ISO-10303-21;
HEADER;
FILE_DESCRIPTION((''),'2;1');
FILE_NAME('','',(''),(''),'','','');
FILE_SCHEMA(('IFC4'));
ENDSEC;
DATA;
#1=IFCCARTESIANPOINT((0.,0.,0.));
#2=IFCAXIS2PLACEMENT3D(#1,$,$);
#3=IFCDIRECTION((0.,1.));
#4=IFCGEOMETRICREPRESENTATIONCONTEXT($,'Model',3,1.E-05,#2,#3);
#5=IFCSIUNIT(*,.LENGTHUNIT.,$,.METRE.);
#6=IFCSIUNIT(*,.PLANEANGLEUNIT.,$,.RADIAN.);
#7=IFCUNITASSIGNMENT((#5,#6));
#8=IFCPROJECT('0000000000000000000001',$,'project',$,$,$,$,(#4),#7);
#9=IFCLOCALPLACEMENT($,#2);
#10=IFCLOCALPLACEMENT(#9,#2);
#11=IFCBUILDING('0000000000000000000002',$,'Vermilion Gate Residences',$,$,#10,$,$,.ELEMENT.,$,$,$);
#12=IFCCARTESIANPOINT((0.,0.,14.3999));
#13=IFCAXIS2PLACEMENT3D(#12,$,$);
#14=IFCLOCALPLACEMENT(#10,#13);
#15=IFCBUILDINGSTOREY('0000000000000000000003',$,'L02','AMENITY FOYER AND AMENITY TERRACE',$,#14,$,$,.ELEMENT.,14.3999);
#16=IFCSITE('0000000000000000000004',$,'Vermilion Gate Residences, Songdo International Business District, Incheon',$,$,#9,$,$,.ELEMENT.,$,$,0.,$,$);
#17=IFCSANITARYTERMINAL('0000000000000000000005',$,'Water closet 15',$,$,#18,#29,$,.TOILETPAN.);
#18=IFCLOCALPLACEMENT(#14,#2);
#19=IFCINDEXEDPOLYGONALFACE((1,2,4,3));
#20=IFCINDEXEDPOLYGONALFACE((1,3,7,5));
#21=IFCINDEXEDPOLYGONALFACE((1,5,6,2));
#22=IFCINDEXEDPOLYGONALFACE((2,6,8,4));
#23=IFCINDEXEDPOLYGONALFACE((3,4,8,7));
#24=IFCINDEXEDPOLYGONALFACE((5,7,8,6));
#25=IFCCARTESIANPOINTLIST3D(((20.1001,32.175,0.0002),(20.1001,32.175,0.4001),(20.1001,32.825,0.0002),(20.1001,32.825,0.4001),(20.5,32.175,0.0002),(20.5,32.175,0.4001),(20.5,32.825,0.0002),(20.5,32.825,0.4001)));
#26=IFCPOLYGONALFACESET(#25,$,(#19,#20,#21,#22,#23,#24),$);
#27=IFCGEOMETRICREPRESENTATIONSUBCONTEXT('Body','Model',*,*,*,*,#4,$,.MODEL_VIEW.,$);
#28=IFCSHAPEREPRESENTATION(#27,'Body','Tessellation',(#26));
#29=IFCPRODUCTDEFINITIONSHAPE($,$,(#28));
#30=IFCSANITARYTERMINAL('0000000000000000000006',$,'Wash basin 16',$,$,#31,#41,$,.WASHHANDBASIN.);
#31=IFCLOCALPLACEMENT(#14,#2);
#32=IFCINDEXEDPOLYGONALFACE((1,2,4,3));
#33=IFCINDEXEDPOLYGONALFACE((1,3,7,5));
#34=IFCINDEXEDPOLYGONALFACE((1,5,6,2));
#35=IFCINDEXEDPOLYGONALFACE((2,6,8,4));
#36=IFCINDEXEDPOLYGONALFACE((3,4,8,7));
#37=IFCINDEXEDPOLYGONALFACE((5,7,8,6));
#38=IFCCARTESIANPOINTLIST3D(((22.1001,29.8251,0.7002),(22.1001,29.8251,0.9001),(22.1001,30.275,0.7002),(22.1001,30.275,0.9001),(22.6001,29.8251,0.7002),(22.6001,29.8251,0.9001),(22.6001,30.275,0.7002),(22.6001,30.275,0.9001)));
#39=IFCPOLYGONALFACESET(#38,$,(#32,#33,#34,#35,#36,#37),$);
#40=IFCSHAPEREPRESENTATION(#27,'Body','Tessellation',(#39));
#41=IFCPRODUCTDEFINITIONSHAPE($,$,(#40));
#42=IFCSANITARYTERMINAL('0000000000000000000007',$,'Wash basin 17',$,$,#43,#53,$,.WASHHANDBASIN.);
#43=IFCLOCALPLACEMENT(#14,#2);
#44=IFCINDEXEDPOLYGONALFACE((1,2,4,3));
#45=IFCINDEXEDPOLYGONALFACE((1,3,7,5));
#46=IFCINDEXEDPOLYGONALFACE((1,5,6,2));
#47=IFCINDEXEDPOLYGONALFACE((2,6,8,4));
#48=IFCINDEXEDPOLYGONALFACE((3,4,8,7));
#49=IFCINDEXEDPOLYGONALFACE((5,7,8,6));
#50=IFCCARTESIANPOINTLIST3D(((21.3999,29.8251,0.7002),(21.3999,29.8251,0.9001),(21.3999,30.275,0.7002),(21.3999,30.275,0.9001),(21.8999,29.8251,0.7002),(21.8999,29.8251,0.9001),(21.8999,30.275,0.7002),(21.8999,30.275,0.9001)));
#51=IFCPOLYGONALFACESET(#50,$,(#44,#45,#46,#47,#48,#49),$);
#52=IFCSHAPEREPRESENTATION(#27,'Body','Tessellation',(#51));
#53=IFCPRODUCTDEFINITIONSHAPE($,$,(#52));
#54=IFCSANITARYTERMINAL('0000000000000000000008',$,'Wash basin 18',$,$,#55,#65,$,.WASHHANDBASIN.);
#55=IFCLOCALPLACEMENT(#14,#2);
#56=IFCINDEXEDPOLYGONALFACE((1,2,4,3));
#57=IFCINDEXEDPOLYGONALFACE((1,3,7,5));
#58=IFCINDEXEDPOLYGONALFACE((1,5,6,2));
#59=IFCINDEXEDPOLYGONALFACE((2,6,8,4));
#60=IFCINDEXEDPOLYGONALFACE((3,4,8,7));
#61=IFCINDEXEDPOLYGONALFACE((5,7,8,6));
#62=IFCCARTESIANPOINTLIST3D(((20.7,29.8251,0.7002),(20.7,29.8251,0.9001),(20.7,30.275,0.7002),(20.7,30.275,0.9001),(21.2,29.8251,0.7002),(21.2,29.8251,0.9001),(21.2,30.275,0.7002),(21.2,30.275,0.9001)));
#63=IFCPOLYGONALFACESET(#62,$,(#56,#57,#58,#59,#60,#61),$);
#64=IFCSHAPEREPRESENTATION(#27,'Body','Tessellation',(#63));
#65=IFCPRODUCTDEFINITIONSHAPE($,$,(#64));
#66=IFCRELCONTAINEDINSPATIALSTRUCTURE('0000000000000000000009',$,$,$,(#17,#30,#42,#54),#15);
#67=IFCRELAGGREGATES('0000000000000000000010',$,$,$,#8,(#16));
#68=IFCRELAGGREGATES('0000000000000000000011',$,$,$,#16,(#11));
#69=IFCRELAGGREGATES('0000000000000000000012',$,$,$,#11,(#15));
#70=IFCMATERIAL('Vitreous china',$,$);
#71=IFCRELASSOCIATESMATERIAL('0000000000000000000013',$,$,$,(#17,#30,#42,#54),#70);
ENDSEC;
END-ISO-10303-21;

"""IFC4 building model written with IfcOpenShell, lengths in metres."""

from ifc_helpers import new_model, si_unit, direction, frame, origin, origin_2d, place, context, subcontext, project, spatial, rectangle, extrude, material, element, save


model = new_model("IFC4")

# Units and contexts
model_context = context("Model", 3, precision=1e-05, world=origin(), true_north=direction((0.0, 1.0)))
body_context = subcontext(model_context, "Body", "Model", "MODEL_VIEW")
ifc_project = project(units=[si_unit("LENGTHUNIT", "METRE"), si_unit("PLANEANGLEUNIT", "RADIAN")], contexts=[model_context])

# Site, building, storey
site_placement = place(None, origin())
site = spatial("IfcSite", under=ifc_project, at=site_placement, Name="Vermilion Gate Residences, Songdo International Business District, Incheon", CompositionType="ELEMENT", RefElevation=0.0)
building_placement = place(site_placement, origin())
building = spatial("IfcBuilding", under=site, at=building_placement, Name="Vermilion Gate Residences", CompositionType="ELEMENT")
storey_placement = place(building_placement, frame((0.0, 0.0, 14.3999)))
storey = spatial("IfcBuildingStorey", under=building, at=storey_placement, Name="L02", Description="AMENITY FOYER AND AMENITY TERRACE", CompositionType="ELEMENT", Elevation=14.3999)

# Sanitary terminals
ifc_material_1 = material(Name="Vitreous china")
for number, where, z_axis, x_axis, name in (
    (1, (20.3, 32.5, 0.0002), (0.0, 0.0, 1.0), (1.0, 0.0, 0.0), "Water closet 15"),
):
    element("IfcSanitaryTerminal", number, at=place(storey_placement, frame(where, z_axis=z_axis, x_axis=x_axis)), inside=storey, material=ifc_material_1, Name=name, PredefinedType="TOILETPAN", context=body_context, shape_type="SweptSolid", body=[
        extrude(rectangle(XDim=0.3999, YDim=0.6499, at=origin_2d()), origin(), (0.0, 0.0, 1.0), 0.3999),
    ])
for number, where, z_axis, x_axis, name in (
    (2, (22.3501, 30.05, 0.7002), (0.0, 0.0, 1.0), (1.0, 0.0, 0.0), "Wash basin 16"),
    (3, (21.6499, 30.05, 0.7002), (0.0, 0.0, 1.0), (1.0, 0.0, 0.0), "Wash basin 17"),
    (4, (20.95, 30.05, 0.7002), (0.0, 0.0, 1.0), (1.0, 0.0, 0.0), "Wash basin 18"),
):
    element("IfcSanitaryTerminal", number, at=place(storey_placement, frame(where, z_axis=z_axis, x_axis=x_axis)), inside=storey, material=ifc_material_1, Name=name, PredefinedType="WASHHANDBASIN", context=body_context, shape_type="SweptSolid", body=[
        extrude(rectangle(XDim=0.5, YDim=0.45, at=origin_2d()), origin(), (0.0, 0.0, 1.0), 0.2),
    ])

save(model, "model.ifc")
